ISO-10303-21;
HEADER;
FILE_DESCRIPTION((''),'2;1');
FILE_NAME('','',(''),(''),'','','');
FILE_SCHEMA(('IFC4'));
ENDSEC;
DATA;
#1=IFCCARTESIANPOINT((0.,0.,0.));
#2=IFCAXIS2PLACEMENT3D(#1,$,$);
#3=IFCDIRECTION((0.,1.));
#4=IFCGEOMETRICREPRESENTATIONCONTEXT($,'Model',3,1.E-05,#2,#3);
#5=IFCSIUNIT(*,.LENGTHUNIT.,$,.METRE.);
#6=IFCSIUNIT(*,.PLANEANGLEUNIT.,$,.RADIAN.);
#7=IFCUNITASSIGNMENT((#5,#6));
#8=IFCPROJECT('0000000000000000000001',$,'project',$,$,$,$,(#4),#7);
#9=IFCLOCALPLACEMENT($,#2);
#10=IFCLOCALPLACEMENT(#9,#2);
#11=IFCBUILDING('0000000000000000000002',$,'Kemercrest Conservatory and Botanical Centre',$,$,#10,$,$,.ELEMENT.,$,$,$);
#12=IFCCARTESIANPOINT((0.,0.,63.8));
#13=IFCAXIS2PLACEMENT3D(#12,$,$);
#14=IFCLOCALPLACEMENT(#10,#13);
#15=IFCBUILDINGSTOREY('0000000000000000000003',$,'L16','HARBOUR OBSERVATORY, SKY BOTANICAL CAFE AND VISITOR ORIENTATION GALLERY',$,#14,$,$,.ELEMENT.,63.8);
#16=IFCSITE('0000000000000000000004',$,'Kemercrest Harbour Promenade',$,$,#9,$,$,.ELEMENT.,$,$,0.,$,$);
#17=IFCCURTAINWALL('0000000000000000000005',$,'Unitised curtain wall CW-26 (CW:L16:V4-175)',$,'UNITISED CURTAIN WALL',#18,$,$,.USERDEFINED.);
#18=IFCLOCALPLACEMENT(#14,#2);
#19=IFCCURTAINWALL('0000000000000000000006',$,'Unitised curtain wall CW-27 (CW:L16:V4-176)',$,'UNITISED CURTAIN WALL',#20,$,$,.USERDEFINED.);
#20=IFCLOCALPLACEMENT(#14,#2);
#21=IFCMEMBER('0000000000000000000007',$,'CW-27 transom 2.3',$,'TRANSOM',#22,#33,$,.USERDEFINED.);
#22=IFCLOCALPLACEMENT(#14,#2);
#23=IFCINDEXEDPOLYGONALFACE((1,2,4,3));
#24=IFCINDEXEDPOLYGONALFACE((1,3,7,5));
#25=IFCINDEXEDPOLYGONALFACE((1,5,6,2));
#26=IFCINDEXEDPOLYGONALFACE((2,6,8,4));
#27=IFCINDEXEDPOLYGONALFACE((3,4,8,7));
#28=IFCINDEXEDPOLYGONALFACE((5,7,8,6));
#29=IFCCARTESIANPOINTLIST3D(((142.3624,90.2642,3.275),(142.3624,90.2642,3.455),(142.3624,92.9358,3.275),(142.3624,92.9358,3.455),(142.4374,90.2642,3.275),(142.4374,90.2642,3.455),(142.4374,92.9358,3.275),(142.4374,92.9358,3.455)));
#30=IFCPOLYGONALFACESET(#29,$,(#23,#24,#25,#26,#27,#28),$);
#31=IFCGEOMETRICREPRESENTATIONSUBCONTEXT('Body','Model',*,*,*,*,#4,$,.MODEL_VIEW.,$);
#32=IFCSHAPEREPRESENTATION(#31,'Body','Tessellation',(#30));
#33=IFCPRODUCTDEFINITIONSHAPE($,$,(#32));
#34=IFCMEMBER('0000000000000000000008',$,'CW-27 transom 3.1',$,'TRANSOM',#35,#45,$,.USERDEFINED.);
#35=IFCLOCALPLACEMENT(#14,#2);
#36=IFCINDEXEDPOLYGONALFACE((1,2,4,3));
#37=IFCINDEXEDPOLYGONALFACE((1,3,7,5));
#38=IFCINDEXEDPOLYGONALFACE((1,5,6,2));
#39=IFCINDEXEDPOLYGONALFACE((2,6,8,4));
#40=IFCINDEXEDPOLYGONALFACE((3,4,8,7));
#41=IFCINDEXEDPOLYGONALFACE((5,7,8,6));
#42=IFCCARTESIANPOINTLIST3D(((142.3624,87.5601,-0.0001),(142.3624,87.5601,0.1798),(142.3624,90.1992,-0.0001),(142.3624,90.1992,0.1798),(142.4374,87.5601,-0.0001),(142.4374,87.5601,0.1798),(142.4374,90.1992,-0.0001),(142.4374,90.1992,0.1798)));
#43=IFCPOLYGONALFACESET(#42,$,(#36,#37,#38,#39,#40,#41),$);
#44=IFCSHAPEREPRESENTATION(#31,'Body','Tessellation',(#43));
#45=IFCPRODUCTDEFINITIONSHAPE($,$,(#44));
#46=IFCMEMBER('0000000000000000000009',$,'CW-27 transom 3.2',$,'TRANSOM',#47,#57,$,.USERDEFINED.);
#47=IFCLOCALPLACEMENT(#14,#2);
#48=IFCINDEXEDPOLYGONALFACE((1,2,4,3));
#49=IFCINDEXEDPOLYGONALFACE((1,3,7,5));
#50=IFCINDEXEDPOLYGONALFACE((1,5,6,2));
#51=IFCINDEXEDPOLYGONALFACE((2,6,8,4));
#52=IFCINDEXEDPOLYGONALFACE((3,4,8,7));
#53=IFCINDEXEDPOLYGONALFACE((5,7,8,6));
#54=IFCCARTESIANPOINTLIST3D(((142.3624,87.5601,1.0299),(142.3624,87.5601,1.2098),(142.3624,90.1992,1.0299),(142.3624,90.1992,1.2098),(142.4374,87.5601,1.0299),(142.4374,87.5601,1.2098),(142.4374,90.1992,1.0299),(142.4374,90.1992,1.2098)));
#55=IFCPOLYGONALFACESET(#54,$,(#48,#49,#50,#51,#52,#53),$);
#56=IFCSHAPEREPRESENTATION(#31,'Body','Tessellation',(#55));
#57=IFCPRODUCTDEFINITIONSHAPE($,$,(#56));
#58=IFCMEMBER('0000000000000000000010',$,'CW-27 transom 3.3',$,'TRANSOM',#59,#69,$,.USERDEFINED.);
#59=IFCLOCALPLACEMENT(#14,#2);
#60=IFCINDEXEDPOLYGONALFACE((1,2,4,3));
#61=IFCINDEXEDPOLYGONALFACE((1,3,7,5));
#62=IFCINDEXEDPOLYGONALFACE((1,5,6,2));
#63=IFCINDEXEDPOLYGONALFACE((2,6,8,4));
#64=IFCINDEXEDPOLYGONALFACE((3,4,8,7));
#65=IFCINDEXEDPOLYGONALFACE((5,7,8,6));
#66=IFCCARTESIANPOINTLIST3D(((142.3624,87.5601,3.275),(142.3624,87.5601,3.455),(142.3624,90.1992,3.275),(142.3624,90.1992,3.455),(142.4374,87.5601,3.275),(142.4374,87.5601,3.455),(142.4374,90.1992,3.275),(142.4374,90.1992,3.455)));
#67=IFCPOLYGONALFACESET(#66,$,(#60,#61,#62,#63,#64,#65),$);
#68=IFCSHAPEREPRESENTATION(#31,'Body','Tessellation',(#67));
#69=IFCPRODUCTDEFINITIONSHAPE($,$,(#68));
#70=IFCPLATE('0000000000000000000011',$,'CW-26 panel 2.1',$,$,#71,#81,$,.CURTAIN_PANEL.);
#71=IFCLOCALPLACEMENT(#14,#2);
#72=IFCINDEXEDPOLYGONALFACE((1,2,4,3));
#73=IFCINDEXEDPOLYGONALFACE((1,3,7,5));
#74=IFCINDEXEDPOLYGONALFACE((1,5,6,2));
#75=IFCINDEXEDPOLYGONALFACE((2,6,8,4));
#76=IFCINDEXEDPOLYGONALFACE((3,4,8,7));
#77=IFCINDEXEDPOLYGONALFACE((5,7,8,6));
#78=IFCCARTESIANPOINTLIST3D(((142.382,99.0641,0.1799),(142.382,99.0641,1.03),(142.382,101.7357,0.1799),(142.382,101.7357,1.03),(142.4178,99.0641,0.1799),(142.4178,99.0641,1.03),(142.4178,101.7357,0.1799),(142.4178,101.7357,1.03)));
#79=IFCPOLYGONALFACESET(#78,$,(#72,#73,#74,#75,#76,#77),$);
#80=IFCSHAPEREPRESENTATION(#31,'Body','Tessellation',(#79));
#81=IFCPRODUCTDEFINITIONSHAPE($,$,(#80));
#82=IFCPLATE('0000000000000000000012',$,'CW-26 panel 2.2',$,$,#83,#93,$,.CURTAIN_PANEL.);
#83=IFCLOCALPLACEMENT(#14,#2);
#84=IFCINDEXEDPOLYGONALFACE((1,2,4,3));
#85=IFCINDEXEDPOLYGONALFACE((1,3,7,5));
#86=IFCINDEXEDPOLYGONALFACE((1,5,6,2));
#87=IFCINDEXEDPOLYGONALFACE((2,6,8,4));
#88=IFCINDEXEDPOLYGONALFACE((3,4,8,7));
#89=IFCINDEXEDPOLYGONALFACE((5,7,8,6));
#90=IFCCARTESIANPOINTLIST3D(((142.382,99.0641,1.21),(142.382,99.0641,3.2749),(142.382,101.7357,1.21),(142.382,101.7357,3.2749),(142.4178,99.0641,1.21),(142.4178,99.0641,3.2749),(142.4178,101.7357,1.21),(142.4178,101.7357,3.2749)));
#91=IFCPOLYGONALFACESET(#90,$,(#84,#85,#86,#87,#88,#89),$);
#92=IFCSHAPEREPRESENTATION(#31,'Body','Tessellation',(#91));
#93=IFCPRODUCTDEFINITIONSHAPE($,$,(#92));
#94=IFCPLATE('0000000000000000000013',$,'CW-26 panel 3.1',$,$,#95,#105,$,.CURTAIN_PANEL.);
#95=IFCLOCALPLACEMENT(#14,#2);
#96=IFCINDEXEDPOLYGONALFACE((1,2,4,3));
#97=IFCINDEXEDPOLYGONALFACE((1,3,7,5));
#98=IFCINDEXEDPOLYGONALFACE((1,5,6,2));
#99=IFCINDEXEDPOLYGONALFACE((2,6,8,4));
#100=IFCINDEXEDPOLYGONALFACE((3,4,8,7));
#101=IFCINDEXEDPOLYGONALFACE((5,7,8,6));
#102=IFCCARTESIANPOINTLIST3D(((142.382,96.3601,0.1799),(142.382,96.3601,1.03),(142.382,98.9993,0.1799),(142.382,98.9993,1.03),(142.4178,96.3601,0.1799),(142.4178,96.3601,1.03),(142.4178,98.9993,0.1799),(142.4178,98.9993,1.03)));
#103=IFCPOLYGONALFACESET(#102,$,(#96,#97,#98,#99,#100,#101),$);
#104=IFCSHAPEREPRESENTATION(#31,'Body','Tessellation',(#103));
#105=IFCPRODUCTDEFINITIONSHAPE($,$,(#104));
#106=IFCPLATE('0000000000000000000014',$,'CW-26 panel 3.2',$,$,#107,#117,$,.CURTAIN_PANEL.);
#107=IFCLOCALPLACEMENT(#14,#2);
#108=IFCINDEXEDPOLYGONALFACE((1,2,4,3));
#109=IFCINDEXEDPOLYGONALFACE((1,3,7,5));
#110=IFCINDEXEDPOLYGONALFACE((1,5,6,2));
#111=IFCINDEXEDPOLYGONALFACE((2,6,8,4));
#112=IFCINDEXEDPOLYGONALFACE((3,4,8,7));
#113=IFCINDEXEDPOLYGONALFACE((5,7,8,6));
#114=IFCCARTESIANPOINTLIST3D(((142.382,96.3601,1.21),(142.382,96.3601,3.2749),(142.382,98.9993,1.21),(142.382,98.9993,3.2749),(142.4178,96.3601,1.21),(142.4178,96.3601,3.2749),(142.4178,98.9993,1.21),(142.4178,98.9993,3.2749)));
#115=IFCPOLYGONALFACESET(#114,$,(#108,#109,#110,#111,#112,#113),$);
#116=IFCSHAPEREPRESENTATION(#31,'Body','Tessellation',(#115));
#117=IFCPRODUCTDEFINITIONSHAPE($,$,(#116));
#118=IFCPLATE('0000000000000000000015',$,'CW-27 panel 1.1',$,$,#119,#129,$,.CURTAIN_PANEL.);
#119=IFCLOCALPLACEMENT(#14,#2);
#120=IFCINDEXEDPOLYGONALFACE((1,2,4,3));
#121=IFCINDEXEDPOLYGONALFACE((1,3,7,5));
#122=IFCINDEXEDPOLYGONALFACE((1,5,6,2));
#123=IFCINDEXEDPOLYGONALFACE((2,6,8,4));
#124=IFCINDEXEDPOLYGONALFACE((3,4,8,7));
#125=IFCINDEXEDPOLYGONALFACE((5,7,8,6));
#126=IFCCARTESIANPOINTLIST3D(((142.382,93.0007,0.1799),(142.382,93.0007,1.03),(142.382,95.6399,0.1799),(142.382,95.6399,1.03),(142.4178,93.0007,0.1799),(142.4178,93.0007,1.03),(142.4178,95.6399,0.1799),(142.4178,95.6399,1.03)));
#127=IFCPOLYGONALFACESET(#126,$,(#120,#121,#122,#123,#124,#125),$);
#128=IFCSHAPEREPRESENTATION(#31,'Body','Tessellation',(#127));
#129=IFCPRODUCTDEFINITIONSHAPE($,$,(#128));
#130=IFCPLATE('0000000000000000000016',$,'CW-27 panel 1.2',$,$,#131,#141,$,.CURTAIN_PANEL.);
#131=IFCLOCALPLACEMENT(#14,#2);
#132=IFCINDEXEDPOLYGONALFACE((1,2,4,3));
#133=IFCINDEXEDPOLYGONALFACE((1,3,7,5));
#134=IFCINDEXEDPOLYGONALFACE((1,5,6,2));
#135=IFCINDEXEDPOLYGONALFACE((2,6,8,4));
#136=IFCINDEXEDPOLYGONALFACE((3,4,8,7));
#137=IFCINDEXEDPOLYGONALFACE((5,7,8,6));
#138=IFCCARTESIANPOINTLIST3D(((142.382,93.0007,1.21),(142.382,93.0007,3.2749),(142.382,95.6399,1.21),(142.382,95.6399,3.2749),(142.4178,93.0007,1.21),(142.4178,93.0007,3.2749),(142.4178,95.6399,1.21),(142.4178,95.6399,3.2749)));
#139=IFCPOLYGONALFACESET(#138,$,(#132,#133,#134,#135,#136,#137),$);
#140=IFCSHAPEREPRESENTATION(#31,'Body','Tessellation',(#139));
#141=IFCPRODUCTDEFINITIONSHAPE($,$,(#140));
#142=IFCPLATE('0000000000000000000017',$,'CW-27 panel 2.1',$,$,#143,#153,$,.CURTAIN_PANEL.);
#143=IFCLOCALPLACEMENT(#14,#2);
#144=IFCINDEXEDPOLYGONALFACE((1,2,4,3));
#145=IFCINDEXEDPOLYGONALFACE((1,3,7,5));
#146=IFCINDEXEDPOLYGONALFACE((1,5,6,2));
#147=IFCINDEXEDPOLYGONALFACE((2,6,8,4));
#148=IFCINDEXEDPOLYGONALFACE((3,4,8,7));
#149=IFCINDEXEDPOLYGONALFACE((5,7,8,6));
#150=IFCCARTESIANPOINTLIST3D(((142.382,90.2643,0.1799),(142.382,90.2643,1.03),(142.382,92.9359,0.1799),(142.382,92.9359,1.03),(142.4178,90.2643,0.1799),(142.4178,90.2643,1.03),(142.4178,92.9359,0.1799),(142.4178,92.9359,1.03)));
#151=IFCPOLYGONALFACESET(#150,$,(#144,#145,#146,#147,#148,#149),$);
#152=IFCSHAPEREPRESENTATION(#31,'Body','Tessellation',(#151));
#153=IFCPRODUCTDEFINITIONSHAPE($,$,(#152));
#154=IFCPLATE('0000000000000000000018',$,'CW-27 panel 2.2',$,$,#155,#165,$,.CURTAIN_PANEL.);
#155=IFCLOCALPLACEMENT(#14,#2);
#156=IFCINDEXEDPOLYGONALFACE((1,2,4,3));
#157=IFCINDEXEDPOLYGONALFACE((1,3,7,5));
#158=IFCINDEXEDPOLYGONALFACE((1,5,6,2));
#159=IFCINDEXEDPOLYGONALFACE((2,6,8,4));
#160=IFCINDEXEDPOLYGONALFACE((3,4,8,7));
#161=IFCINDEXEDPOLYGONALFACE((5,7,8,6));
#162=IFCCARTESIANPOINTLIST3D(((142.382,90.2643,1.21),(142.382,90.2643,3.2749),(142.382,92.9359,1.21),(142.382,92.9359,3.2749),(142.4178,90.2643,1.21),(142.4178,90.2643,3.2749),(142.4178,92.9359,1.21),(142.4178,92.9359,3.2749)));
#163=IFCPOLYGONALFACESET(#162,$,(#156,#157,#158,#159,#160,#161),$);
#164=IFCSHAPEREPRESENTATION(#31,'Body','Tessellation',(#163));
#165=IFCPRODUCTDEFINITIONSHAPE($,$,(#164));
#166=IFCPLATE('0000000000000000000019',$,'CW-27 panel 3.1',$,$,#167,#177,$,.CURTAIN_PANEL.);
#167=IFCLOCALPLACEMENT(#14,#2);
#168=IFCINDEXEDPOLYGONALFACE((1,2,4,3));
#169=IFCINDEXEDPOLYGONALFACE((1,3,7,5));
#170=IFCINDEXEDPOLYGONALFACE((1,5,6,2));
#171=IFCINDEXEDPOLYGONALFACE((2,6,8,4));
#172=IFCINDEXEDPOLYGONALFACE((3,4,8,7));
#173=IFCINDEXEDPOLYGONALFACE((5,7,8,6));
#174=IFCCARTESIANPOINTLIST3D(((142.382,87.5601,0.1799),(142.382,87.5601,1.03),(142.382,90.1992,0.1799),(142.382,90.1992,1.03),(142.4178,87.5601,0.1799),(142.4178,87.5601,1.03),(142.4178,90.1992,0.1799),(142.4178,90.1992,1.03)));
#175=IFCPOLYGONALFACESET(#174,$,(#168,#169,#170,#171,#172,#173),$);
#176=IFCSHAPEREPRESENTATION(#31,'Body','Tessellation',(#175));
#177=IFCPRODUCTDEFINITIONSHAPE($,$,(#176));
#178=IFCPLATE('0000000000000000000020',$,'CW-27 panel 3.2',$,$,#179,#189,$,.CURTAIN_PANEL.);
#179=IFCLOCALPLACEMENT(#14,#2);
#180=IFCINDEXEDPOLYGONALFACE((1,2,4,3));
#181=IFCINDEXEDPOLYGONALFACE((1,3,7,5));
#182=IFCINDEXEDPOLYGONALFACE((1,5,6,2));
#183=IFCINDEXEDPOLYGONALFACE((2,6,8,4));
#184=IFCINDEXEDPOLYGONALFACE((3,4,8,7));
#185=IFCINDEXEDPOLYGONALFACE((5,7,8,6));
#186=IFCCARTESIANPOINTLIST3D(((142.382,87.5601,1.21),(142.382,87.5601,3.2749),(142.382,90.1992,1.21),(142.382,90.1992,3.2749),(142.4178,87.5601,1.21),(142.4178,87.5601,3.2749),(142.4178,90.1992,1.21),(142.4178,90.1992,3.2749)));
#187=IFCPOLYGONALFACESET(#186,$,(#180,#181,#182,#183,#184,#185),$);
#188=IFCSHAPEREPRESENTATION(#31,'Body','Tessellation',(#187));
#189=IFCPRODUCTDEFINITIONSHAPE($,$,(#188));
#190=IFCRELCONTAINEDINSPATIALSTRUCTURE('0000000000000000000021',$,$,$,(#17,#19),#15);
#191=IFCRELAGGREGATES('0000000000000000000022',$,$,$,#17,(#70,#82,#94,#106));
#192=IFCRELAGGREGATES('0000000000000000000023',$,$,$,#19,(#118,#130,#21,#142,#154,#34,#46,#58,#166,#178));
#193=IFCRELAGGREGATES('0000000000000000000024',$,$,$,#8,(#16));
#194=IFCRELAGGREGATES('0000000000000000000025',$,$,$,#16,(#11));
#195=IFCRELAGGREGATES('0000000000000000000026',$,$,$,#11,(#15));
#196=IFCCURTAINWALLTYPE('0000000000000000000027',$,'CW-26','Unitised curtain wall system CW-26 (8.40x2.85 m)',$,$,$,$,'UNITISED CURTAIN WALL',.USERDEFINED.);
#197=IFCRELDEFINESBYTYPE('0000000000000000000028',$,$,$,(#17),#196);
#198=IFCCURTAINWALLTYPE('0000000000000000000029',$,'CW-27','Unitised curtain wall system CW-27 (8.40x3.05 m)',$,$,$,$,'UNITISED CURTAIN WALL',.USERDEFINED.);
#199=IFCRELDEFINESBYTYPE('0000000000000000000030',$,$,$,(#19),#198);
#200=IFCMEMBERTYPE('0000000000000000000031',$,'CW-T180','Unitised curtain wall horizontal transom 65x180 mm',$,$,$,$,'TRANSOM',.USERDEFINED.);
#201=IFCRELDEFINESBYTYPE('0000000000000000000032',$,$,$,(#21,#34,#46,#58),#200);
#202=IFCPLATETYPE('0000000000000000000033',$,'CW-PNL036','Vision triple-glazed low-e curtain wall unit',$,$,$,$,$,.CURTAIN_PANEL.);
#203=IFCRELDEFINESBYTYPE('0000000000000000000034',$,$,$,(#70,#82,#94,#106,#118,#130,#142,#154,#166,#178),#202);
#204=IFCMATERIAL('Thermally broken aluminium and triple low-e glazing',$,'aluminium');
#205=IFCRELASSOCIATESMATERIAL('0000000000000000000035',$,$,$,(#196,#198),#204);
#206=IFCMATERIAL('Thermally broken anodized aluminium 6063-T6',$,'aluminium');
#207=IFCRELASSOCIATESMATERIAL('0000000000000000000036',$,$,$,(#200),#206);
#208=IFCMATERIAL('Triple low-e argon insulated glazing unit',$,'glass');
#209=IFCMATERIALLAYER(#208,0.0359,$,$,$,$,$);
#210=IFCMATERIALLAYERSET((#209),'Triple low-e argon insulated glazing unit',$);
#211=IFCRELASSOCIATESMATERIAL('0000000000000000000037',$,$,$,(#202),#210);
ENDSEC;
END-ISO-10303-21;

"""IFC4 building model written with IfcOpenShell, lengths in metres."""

from ifc_helpers import new_model, si_unit, direction, frame, origin, origin_2d, place, context, subcontext, project, spatial, rectangle, extrude, material, layer, layer_set, material_profile, profile_set, type_object, element, aggregate, save


model = new_model("IFC4")

# Units and contexts
model_context = context("Model", 3, precision=1e-05, world=origin(), true_north=direction((0.0, 1.0)))
body_context = subcontext(model_context, "Body", "Model", "MODEL_VIEW")
ifc_project = project(units=[si_unit("LENGTHUNIT", "METRE"), si_unit("PLANEANGLEUNIT", "RADIAN")], contexts=[model_context])

# Site, building, storey
site_placement = place(None, origin())
site = spatial("IfcSite", under=ifc_project, at=site_placement, Name="Kemercrest Harbour Promenade", CompositionType="ELEMENT", RefElevation=0.0)
building_placement = place(site_placement, origin())
building = spatial("IfcBuilding", under=site, at=building_placement, Name="Kemercrest Conservatory and Botanical Centre", CompositionType="ELEMENT")
storey_placement = place(building_placement, frame((0.0, 0.0, 63.8)))
storey = spatial("IfcBuildingStorey", under=building, at=storey_placement, Name="L16", Description="HARBOUR OBSERVATORY, SKY BOTANICAL CAFE AND VISITOR ORIENTATION GALLERY", CompositionType="ELEMENT", Elevation=63.8)

# Curtain walls
ifc_material_1 = material(Name="Thermally broken aluminium and triple low-e glazing", Category="aluminium")
curtain_wall_type_1 = type_object("IfcCurtainWallType", Name="CW-26", Description="Unitised curtain wall system CW-26 (8.40x2.85 m)", ElementType="UNITISED CURTAIN WALL", PredefinedType="USERDEFINED", material=ifc_material_1)
curtain_wall_1_placement = place(storey_placement, origin())
curtain_wall_1 = element("IfcCurtainWall", 1, at=curtain_wall_1_placement, inside=storey, type_object=curtain_wall_type_1, Name="Unitised curtain wall CW-26 (CW:L16:V4-175)", ObjectType="UNITISED CURTAIN WALL", PredefinedType="USERDEFINED")
ifc_material_2 = material(Name="Thermally broken anodized aluminium 6063-T6", Category="aluminium")
curtain_wall_type_2 = type_object("IfcCurtainWallType", Name="CW-27", Description="Unitised curtain wall system CW-27 (8.40x3.05 m)", ElementType="UNITISED CURTAIN WALL", PredefinedType="USERDEFINED", material=ifc_material_1)
curtain_wall_2_placement = place(storey_placement, origin())
curtain_wall_2 = element("IfcCurtainWall", 2, at=curtain_wall_2_placement, inside=storey, type_object=curtain_wall_type_2, Name="Unitised curtain wall CW-27 (CW:L16:V4-176)", ObjectType="UNITISED CURTAIN WALL", PredefinedType="USERDEFINED")

# Members
ifc_material_profile_1 = material_profile(ifc_material_2, rectangle(XDim=0.075, YDim=0.1799, at=origin_2d()), Name="AL TRANSOM 75x180")
ifc_profile_set_1 = profile_set([ifc_material_profile_1], Name="Thermally broken anodized aluminium 6063-T6")
member_type_1 = type_object("IfcMemberType", Name="CW-T180", Description="Unitised curtain wall horizontal transom 65x180 mm", ElementType="TRANSOM", PredefinedType="USERDEFINED", material=ifc_profile_set_1)
member_1_placement = place(storey_placement, frame((142.3999, 92.9358, 3.365), z_axis=(0.0, -1.0, 0.0), x_axis=(1.0, 0.0, 0.0)))
member_1 = element("IfcMember", 3, at=member_1_placement, type_object=member_type_1, Name="CW-27 transom 2.3", ObjectType="TRANSOM", PredefinedType="USERDEFINED", context=body_context, shape_type="SweptSolid", body=[
    extrude(rectangle(XDim=0.075, YDim=0.1799, at=origin_2d()), origin(), (0.0, 0.0, 1.0), 2.6716),
])
member_2_placement = place(storey_placement, frame((142.3999, 90.1992, 0.0898), z_axis=(0.0, -1.0, 0.0), x_axis=(1.0, 0.0, 0.0)))
member_2 = element("IfcMember", 4, at=member_2_placement, type_object=member_type_1, Name="CW-27 transom 3.1", ObjectType="TRANSOM", PredefinedType="USERDEFINED", context=body_context, shape_type="SweptSolid", body=[
    extrude(rectangle(XDim=0.075, YDim=0.1799, at=origin_2d()), origin(), (0.0, 0.0, 1.0), 2.6392),
])
member_3_placement = place(storey_placement, frame((142.3999, 90.1992, 1.1199), z_axis=(0.0, -1.0, 0.0), x_axis=(1.0, 0.0, 0.0)))
member_3 = element("IfcMember", 5, at=member_3_placement, type_object=member_type_1, Name="CW-27 transom 3.2", ObjectType="TRANSOM", PredefinedType="USERDEFINED", context=body_context, shape_type="SweptSolid", body=[
    extrude(rectangle(XDim=0.075, YDim=0.1799, at=origin_2d()), origin(), (0.0, 0.0, 1.0), 2.6392),
])
member_4_placement = place(storey_placement, frame((142.3999, 90.1992, 3.365), z_axis=(0.0, -1.0, 0.0), x_axis=(1.0, 0.0, 0.0)))
member_4 = element("IfcMember", 6, at=member_4_placement, type_object=member_type_1, Name="CW-27 transom 3.3", ObjectType="TRANSOM", PredefinedType="USERDEFINED", context=body_context, shape_type="SweptSolid", body=[
    extrude(rectangle(XDim=0.075, YDim=0.1799, at=origin_2d()), origin(), (0.0, 0.0, 1.0), 2.6392),
])

# Plates
ifc_material_3 = material(Name="Triple low-e argon insulated glazing unit", Category="glass")
ifc_layer = layer(ifc_material_3, 0.0359)
ifc_layer_set = layer_set([ifc_layer], Name="Triple low-e argon insulated glazing unit")
plate_type = type_object("IfcPlateType", Name="CW-PNL036", Description="Vision triple-glazed low-e curtain wall unit", PredefinedType="CURTAIN_PANEL", material=ifc_layer_set)
plate_1_placement = place(storey_placement, frame((142.3999, 100.3999, 0.1799), z_axis=(0.0, 0.0, 1.0), x_axis=(0.0, -1.0, 0.0)))
plate_1 = element("IfcPlate", 7, at=plate_1_placement, type_object=plate_type, Name="CW-26 panel 2.1", PredefinedType="CURTAIN_PANEL", context=body_context, shape_type="SweptSolid", body=[
    extrude(rectangle(XDim=2.6716, YDim=0.0359, at=origin_2d()), origin(), (0.0, 0.0, 1.0), 0.8501),
])
plate_2_placement = place(storey_placement, frame((142.3999, 100.3999, 1.21), z_axis=(0.0, 0.0, 1.0), x_axis=(0.0, -1.0, 0.0)))
plate_2 = element("IfcPlate", 8, at=plate_2_placement, type_object=plate_type, Name="CW-26 panel 2.2", PredefinedType="CURTAIN_PANEL", context=body_context, shape_type="SweptSolid", body=[
    extrude(rectangle(XDim=2.6716, YDim=0.0359, at=origin_2d()), origin(), (0.0, 0.0, 1.0), 2.0649),
])
plate_3_placement = place(storey_placement, frame((142.3999, 97.6797, 0.1799), z_axis=(0.0, 0.0, 1.0), x_axis=(0.0, -1.0, 0.0)))
plate_3 = element("IfcPlate", 9, at=plate_3_placement, type_object=plate_type, Name="CW-26 panel 3.1", PredefinedType="CURTAIN_PANEL", context=body_context, shape_type="SweptSolid", body=[
    extrude(rectangle(XDim=2.6392, YDim=0.0359, at=origin_2d()), origin(), (0.0, 0.0, 1.0), 0.8501),
])
plate_4_placement = place(storey_placement, frame((142.3999, 97.6797, 1.21), z_axis=(0.0, 0.0, 1.0), x_axis=(0.0, -1.0, 0.0)))
plate_4 = element("IfcPlate", 10, at=plate_4_placement, type_object=plate_type, Name="CW-26 panel 3.2", PredefinedType="CURTAIN_PANEL", context=body_context, shape_type="SweptSolid", body=[
    extrude(rectangle(XDim=2.6392, YDim=0.0359, at=origin_2d()), origin(), (0.0, 0.0, 1.0), 2.0649),
])
aggregate(curtain_wall_1, [plate_1, plate_2, plate_3, plate_4])
plate_5_placement = place(storey_placement, frame((142.3999, 94.3203, 0.1799), z_axis=(0.0, 0.0, 1.0), x_axis=(0.0, -1.0, 0.0)))
plate_5 = element("IfcPlate", 11, at=plate_5_placement, type_object=plate_type, Name="CW-27 panel 1.1", PredefinedType="CURTAIN_PANEL", context=body_context, shape_type="SweptSolid", body=[
    extrude(rectangle(XDim=2.6392, YDim=0.0359, at=origin_2d()), origin(), (0.0, 0.0, 1.0), 0.8501),
])
plate_6_placement = place(storey_placement, frame((142.3999, 94.3203, 1.21), z_axis=(0.0, 0.0, 1.0), x_axis=(0.0, -1.0, 0.0)))
plate_6 = element("IfcPlate", 12, at=plate_6_placement, type_object=plate_type, Name="CW-27 panel 1.2", PredefinedType="CURTAIN_PANEL", context=body_context, shape_type="SweptSolid", body=[
    extrude(rectangle(XDim=2.6392, YDim=0.0359, at=origin_2d()), origin(), (0.0, 0.0, 1.0), 2.0649),
])
plate_7_placement = place(storey_placement, frame((142.3999, 91.6001, 0.1799), z_axis=(0.0, 0.0, 1.0), x_axis=(0.0, -1.0, 0.0)))
plate_7 = element("IfcPlate", 13, at=plate_7_placement, type_object=plate_type, Name="CW-27 panel 2.1", PredefinedType="CURTAIN_PANEL", context=body_context, shape_type="SweptSolid", body=[
    extrude(rectangle(XDim=2.6716, YDim=0.0359, at=origin_2d()), origin(), (0.0, 0.0, 1.0), 0.8501),
])
plate_8_placement = place(storey_placement, frame((142.3999, 91.6001, 1.21), z_axis=(0.0, 0.0, 1.0), x_axis=(0.0, -1.0, 0.0)))
plate_8 = element("IfcPlate", 14, at=plate_8_placement, type_object=plate_type, Name="CW-27 panel 2.2", PredefinedType="CURTAIN_PANEL", context=body_context, shape_type="SweptSolid", body=[
    extrude(rectangle(XDim=2.6716, YDim=0.0359, at=origin_2d()), origin(), (0.0, 0.0, 1.0), 2.0649),
])
plate_9_placement = place(storey_placement, frame((142.3999, 88.8796, 0.1799), z_axis=(0.0, 0.0, 1.0), x_axis=(0.0, -1.0, 0.0)))
plate_9 = element("IfcPlate", 15, at=plate_9_placement, type_object=plate_type, Name="CW-27 panel 3.1", PredefinedType="CURTAIN_PANEL", context=body_context, shape_type="SweptSolid", body=[
    extrude(rectangle(XDim=2.6392, YDim=0.0359, at=origin_2d()), origin(), (0.0, 0.0, 1.0), 0.8501),
])
plate_10_placement = place(storey_placement, frame((142.3999, 88.8796, 1.21), z_axis=(0.0, 0.0, 1.0), x_axis=(0.0, -1.0, 0.0)))
plate_10 = element("IfcPlate", 16, at=plate_10_placement, type_object=plate_type, Name="CW-27 panel 3.2", PredefinedType="CURTAIN_PANEL", context=body_context, shape_type="SweptSolid", body=[
    extrude(rectangle(XDim=2.6392, YDim=0.0359, at=origin_2d()), origin(), (0.0, 0.0, 1.0), 2.0649),
])
aggregate(curtain_wall_2, [plate_5, plate_6, member_1, plate_7, plate_8, member_2, member_3, member_4, plate_9, plate_10])

save(model, "model.ifc")
